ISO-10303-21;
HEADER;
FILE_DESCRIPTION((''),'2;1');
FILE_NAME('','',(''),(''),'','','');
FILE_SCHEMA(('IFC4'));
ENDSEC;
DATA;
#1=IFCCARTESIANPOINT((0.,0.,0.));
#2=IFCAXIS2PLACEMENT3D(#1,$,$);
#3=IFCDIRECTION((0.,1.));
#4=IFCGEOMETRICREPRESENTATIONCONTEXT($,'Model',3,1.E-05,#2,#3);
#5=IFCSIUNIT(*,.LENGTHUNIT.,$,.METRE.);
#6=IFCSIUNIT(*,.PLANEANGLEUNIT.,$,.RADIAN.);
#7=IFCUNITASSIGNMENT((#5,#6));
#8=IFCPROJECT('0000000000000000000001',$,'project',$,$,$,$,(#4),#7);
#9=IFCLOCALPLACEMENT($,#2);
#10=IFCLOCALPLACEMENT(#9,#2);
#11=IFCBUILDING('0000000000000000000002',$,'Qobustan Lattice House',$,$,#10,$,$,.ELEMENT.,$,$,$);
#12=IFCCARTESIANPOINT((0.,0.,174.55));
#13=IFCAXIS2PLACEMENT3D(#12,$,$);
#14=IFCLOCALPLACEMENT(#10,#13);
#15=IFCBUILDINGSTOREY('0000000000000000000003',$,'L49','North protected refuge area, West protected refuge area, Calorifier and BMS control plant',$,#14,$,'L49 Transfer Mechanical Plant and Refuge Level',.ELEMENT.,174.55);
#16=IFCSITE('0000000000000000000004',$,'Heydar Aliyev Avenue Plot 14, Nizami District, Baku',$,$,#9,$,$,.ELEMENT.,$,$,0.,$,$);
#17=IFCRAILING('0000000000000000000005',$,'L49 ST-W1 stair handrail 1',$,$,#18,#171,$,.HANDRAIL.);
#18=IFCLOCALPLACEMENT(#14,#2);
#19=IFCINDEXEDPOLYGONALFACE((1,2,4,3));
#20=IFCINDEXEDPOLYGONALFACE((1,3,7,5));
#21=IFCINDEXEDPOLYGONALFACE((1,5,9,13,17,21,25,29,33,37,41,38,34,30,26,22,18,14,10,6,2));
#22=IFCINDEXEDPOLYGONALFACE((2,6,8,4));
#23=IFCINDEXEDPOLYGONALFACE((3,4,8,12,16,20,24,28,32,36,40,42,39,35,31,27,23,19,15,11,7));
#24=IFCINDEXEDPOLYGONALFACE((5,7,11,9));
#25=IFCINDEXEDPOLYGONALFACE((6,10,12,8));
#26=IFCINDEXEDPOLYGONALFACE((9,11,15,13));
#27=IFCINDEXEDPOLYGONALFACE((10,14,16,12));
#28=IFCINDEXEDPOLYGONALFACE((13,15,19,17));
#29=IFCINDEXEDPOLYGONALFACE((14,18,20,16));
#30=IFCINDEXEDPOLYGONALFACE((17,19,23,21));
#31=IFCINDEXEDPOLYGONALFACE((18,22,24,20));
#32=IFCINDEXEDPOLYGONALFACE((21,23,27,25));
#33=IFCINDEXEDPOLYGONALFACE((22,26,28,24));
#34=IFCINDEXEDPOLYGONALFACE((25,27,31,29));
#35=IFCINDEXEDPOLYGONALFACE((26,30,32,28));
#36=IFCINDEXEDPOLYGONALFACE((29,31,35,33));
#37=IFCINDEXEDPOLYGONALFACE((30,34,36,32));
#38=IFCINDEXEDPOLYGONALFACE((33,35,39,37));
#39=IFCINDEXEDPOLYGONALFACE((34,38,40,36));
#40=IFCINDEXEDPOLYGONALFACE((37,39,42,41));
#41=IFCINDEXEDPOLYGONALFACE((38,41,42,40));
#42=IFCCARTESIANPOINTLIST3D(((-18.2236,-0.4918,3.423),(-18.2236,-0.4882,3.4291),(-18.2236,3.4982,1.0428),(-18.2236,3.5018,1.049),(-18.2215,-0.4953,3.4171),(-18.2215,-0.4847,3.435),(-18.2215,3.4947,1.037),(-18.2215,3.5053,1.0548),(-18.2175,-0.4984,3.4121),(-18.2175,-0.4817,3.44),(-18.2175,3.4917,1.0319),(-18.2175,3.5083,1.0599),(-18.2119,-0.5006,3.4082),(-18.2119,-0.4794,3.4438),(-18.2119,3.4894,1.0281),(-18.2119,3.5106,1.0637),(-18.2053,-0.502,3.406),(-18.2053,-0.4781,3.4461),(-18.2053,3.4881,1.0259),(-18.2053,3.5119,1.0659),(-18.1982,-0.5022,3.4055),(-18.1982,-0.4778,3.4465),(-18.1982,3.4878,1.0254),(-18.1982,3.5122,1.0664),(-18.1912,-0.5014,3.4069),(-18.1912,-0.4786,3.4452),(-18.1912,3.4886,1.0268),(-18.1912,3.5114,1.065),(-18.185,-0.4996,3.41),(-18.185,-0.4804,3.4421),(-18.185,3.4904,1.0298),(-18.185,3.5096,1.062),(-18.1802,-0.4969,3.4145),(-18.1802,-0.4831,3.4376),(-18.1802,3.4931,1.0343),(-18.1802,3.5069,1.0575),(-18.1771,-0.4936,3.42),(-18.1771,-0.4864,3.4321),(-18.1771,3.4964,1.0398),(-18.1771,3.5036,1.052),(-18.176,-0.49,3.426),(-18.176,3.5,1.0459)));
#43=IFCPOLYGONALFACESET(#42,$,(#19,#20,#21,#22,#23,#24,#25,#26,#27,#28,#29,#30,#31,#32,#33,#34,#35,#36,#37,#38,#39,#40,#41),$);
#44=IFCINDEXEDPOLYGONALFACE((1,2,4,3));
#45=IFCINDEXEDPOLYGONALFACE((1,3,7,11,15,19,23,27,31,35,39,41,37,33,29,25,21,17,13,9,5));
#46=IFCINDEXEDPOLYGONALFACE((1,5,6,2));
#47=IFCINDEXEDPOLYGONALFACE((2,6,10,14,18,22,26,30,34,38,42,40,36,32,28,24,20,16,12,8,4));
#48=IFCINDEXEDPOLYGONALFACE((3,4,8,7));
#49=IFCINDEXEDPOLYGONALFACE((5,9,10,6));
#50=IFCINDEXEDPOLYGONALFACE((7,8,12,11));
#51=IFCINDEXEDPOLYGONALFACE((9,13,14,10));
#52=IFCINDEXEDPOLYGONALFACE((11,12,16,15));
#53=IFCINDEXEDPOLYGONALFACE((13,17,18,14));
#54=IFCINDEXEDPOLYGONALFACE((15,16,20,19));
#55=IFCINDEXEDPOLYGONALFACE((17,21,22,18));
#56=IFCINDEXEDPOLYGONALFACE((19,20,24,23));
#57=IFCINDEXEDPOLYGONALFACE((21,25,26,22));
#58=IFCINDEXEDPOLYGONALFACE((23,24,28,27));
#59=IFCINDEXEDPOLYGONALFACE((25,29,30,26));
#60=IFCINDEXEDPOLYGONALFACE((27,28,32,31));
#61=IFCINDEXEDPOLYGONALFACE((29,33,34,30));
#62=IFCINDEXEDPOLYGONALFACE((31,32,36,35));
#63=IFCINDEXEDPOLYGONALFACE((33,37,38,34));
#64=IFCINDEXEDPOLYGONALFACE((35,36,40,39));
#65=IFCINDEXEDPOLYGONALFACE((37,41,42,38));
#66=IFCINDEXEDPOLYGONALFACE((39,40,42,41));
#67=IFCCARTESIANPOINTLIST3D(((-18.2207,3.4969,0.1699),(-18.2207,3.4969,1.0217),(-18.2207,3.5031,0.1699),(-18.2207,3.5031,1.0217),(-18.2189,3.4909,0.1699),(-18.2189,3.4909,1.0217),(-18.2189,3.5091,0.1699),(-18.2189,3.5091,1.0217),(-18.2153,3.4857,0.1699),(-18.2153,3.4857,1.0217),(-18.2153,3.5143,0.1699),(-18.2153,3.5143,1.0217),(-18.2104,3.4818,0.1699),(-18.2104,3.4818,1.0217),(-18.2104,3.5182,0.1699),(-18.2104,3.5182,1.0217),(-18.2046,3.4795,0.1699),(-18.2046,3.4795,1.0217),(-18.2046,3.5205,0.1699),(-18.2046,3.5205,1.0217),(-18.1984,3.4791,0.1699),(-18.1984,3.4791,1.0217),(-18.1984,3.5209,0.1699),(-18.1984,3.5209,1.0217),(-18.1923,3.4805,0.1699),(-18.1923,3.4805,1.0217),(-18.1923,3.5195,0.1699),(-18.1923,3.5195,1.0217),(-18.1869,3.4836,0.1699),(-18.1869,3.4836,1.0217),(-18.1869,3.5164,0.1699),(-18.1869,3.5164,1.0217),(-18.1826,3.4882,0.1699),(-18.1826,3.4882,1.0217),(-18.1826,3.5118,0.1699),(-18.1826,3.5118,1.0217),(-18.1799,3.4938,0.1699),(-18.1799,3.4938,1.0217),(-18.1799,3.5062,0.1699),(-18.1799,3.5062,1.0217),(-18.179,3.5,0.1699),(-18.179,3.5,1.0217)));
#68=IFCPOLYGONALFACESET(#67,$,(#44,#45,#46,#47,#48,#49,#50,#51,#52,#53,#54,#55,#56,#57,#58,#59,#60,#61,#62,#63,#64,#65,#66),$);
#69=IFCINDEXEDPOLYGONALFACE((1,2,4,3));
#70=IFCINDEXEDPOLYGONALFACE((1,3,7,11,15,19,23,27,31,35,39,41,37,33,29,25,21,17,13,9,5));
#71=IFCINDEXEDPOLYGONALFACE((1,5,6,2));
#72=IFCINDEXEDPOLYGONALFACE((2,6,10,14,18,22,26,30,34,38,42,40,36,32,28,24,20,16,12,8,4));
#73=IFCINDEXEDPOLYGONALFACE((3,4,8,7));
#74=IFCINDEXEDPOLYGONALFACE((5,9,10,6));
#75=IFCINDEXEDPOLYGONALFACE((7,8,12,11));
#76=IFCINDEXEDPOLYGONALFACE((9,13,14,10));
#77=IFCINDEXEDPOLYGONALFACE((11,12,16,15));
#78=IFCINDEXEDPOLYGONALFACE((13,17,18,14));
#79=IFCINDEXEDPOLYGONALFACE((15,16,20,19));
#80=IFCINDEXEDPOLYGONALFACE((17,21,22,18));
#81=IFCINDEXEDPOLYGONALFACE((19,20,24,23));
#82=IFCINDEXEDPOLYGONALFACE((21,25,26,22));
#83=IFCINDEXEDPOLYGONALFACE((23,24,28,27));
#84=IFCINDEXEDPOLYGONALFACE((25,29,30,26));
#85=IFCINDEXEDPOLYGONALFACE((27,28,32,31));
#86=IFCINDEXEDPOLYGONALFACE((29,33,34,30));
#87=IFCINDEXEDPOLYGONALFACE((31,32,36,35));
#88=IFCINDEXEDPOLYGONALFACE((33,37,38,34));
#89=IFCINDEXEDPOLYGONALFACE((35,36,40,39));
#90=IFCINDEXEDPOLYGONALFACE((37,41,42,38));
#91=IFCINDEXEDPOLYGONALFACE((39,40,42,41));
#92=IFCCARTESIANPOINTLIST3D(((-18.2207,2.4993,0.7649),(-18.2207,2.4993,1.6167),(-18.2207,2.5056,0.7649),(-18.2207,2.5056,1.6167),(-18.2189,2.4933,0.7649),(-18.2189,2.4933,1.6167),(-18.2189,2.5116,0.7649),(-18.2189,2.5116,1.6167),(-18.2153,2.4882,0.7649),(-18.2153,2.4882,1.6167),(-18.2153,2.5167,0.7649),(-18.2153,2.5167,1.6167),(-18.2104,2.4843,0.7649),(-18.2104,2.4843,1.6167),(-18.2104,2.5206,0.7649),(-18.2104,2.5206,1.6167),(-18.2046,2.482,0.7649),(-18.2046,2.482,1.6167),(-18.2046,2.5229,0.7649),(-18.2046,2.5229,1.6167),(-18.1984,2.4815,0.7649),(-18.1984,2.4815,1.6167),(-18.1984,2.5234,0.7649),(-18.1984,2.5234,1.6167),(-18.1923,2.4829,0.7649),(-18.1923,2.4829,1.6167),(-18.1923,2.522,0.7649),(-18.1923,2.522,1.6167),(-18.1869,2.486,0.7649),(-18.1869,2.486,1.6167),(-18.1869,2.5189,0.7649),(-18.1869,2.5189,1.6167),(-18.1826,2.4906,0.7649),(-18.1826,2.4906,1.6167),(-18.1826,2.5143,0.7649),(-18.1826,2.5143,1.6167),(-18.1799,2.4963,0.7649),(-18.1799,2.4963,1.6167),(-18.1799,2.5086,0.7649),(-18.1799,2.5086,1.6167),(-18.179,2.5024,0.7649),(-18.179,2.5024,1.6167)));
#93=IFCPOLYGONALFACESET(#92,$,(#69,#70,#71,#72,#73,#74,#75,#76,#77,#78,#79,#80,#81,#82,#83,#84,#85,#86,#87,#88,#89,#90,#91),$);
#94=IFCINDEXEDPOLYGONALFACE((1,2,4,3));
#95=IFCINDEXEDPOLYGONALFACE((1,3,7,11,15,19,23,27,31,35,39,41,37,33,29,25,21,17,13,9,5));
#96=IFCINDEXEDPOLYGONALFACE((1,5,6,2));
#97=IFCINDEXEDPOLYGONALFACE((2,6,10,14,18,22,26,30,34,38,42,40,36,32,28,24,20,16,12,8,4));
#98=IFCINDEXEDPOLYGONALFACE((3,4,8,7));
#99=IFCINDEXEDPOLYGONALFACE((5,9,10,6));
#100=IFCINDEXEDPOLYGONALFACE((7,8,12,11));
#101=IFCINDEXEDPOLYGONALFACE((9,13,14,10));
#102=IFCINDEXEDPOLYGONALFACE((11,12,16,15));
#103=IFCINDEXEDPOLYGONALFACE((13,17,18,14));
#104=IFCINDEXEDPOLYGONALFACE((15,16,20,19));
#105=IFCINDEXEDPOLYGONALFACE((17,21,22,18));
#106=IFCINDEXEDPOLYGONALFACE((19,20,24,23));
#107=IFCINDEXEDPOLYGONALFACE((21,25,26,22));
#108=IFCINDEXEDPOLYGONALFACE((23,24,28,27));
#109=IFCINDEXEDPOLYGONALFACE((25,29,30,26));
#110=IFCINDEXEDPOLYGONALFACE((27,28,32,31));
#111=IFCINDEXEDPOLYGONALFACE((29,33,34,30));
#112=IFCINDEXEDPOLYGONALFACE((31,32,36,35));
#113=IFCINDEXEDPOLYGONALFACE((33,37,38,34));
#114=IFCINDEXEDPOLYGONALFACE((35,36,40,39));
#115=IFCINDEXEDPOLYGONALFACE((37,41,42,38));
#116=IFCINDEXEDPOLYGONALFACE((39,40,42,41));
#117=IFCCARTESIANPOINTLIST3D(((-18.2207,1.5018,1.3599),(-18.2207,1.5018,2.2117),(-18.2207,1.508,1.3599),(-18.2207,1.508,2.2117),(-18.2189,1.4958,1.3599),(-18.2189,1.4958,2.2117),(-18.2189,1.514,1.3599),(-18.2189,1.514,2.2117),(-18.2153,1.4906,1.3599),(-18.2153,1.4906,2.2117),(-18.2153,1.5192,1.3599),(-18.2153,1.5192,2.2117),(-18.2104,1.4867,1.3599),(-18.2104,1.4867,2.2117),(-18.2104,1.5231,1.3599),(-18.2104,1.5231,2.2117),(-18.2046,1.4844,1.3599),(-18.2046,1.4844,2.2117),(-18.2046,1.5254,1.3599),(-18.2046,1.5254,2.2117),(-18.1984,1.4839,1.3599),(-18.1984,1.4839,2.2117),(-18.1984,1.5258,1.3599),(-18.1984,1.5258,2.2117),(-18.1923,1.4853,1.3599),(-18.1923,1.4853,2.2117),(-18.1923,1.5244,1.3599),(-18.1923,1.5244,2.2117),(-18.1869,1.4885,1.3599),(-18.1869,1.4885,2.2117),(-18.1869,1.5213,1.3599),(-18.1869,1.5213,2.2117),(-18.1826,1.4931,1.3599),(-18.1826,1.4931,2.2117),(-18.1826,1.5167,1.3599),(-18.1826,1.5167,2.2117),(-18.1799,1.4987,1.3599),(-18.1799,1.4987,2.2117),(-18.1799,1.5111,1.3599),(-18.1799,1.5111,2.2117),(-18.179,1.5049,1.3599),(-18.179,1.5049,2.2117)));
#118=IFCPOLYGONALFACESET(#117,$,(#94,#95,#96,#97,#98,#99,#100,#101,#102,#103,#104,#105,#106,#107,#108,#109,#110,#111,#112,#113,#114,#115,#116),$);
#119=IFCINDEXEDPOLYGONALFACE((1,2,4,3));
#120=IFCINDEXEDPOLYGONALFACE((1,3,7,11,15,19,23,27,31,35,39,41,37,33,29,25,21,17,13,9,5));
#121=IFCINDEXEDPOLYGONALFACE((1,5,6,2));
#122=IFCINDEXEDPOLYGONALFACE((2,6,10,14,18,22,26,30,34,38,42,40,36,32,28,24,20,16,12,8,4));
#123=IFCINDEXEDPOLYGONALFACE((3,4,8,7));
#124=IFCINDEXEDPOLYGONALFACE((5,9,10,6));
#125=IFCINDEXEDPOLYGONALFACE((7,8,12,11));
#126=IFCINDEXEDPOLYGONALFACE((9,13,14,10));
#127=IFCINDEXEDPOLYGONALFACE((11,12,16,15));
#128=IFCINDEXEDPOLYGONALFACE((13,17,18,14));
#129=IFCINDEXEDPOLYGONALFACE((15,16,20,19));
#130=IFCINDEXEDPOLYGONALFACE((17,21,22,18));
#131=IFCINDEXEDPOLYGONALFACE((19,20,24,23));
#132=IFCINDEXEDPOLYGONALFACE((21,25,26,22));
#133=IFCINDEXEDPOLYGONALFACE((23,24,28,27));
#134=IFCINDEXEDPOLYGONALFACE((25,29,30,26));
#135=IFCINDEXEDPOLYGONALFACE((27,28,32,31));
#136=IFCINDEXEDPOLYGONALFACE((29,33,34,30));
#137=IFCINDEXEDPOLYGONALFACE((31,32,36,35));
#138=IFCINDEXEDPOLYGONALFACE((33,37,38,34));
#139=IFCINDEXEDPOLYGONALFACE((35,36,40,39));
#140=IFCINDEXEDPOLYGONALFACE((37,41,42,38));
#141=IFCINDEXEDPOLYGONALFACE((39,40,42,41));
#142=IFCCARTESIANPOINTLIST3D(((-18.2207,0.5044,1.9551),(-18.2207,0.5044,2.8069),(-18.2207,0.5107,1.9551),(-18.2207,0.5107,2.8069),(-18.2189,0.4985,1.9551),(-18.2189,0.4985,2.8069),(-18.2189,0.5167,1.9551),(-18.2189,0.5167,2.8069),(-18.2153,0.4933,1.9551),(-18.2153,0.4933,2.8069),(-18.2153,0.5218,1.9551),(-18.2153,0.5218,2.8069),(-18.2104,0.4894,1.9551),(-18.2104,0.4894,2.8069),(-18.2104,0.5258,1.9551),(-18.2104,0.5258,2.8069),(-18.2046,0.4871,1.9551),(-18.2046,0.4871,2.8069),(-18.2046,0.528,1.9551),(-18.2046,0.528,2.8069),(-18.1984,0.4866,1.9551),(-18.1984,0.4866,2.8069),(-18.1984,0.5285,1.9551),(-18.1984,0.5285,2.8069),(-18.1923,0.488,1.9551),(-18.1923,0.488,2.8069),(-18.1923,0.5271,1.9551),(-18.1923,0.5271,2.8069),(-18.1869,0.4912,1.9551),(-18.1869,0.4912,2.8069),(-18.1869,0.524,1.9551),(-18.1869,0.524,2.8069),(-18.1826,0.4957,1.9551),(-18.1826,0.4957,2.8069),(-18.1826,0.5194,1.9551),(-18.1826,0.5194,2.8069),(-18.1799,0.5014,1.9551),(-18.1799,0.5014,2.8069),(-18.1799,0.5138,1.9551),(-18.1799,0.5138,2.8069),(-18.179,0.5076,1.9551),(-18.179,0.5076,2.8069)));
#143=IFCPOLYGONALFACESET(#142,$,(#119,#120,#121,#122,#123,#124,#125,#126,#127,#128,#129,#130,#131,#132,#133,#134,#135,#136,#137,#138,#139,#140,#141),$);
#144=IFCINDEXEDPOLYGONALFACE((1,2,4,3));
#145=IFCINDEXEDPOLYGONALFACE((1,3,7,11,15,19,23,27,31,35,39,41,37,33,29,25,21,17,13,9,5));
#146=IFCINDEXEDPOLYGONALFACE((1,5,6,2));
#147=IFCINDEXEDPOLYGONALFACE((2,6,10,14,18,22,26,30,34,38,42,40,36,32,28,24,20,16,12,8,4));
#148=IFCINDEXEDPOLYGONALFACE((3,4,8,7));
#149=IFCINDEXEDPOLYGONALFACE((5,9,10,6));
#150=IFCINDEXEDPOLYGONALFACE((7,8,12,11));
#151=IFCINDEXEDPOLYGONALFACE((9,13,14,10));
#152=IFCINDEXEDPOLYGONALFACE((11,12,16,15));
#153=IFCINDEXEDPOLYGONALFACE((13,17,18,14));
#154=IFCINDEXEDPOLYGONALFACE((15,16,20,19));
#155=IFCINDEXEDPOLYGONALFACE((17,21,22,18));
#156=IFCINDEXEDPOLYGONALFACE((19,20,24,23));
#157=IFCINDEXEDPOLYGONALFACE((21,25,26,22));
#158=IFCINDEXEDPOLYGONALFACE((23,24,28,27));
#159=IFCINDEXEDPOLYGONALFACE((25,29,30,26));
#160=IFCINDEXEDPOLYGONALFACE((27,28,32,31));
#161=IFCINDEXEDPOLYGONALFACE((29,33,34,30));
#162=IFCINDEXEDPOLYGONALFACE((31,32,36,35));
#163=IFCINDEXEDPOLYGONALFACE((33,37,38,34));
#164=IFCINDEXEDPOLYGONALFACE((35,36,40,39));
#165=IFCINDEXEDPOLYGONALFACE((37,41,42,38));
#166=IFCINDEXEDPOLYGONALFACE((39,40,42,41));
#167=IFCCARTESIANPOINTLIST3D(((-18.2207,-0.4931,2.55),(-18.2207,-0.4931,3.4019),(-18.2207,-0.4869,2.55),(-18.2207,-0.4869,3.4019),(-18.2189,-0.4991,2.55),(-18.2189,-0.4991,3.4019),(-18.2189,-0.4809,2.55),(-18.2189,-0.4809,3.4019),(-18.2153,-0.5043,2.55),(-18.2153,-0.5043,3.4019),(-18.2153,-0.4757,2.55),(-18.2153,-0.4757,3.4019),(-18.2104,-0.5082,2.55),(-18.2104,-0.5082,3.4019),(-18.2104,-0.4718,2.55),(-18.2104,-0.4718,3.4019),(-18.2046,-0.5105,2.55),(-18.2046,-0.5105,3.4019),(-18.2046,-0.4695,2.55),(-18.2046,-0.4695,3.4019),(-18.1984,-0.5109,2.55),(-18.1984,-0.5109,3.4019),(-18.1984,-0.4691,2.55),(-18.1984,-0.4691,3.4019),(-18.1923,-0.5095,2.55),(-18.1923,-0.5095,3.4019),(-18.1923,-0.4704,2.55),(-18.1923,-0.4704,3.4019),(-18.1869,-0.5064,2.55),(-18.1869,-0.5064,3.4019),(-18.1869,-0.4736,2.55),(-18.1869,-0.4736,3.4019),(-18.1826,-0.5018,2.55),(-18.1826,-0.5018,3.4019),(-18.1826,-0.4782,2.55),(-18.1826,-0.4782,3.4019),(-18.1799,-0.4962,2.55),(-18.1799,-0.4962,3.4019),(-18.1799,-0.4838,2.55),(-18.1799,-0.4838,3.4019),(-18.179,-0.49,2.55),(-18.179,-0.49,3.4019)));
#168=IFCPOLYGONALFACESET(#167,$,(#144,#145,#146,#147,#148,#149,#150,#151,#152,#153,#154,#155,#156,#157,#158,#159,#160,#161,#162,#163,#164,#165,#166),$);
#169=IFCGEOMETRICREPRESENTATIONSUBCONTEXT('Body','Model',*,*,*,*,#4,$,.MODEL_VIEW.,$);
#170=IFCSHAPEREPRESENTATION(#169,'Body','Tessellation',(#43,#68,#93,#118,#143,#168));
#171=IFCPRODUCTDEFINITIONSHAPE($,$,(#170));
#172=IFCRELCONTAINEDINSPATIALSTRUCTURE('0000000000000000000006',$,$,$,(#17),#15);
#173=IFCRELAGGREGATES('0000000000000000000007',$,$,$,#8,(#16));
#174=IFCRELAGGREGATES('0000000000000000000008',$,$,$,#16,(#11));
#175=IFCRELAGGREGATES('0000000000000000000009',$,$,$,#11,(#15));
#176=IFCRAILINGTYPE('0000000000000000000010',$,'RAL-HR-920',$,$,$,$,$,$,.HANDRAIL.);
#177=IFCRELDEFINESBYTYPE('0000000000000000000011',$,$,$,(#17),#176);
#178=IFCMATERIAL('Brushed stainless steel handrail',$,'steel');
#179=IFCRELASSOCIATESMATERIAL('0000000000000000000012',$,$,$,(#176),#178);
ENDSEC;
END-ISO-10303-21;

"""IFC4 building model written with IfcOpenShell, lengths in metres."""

from ifc_helpers import new_model, si_unit, direction, frame, origin, origin_2d, place, context, subcontext, project, spatial, circle, extrude, material, type_object, element, save


model = new_model("IFC4")

# Units and contexts
model_context = context("Model", 3, precision=1e-05, world=origin(), true_north=direction((0.0, 1.0)))
body_context = subcontext(model_context, "Body", "Model", "MODEL_VIEW")
ifc_project = project(units=[si_unit("LENGTHUNIT", "METRE"), si_unit("PLANEANGLEUNIT", "RADIAN")], contexts=[model_context])

# Site, building, storey
site_placement = place(None, origin())
site = spatial("IfcSite", under=ifc_project, at=site_placement, Name="Heydar Aliyev Avenue Plot 14, Nizami District, Baku", CompositionType="ELEMENT", RefElevation=0.0)
building_placement = place(site_placement, origin())
building = spatial("IfcBuilding", under=site, at=building_placement, Name="Qobustan Lattice House", CompositionType="ELEMENT")
storey_placement = place(building_placement, frame((0.0, 0.0, 174.55)))
storey = spatial("IfcBuildingStorey", under=building, at=storey_placement, Name="L49", Description="North protected refuge area, West protected refuge area, Calorifier and BMS control plant", LongName="L49 Transfer Mechanical Plant and Refuge Level", CompositionType="ELEMENT", Elevation=174.55)

# Railing
ifc_material_1 = material(Name="Brushed stainless steel handrail", Category="steel")
railing_type_1 = type_object("IfcRailingType", Name="RAL-HR-920", PredefinedType="HANDRAIL", material=ifc_material_1)
railing_1_placement = place(storey_placement, frame((-18.2, 3.5, 0.1699)))
element("IfcRailing", 1, at=railing_1_placement, inside=storey, type_object=railing_type_1, Name="L49 ST-W1 stair handrail 1", PredefinedType="HANDRAIL", context=body_context, shape_type="SweptSolid", body=[
    extrude(circle(Radius=0.0239, at=origin_2d()), frame((0.0, 0.0, 0.876), z_axis=(0.0, -0.858807, 0.512299), x_axis=(1.0, 0.0, 0.0)), (0.0, 0.0, 1.0), 4.646),
    extrude(circle(Radius=0.021, at=origin_2d()), origin(), (0.0, 0.0, 1.0), 0.8518),
    extrude(circle(Radius=0.021, at=origin_2d()), frame((0.0, -0.9976, 0.595)), (0.0, 0.0, 1.0), 0.8518),
    extrude(circle(Radius=0.021, at=origin_2d()), frame((0.0, -1.9951, 1.1899)), (0.0, 0.0, 1.0), 0.8518),
    extrude(circle(Radius=0.021, at=origin_2d()), frame((0.0, -2.9924, 1.7852)), (0.0, 0.0, 1.0), 0.8518),
    extrude(circle(Radius=0.021, at=origin_2d()), frame((0.0, -3.99, 2.3801)), (0.0, 0.0, 1.0), 0.8518),
])

save(model, "model.ifc")
